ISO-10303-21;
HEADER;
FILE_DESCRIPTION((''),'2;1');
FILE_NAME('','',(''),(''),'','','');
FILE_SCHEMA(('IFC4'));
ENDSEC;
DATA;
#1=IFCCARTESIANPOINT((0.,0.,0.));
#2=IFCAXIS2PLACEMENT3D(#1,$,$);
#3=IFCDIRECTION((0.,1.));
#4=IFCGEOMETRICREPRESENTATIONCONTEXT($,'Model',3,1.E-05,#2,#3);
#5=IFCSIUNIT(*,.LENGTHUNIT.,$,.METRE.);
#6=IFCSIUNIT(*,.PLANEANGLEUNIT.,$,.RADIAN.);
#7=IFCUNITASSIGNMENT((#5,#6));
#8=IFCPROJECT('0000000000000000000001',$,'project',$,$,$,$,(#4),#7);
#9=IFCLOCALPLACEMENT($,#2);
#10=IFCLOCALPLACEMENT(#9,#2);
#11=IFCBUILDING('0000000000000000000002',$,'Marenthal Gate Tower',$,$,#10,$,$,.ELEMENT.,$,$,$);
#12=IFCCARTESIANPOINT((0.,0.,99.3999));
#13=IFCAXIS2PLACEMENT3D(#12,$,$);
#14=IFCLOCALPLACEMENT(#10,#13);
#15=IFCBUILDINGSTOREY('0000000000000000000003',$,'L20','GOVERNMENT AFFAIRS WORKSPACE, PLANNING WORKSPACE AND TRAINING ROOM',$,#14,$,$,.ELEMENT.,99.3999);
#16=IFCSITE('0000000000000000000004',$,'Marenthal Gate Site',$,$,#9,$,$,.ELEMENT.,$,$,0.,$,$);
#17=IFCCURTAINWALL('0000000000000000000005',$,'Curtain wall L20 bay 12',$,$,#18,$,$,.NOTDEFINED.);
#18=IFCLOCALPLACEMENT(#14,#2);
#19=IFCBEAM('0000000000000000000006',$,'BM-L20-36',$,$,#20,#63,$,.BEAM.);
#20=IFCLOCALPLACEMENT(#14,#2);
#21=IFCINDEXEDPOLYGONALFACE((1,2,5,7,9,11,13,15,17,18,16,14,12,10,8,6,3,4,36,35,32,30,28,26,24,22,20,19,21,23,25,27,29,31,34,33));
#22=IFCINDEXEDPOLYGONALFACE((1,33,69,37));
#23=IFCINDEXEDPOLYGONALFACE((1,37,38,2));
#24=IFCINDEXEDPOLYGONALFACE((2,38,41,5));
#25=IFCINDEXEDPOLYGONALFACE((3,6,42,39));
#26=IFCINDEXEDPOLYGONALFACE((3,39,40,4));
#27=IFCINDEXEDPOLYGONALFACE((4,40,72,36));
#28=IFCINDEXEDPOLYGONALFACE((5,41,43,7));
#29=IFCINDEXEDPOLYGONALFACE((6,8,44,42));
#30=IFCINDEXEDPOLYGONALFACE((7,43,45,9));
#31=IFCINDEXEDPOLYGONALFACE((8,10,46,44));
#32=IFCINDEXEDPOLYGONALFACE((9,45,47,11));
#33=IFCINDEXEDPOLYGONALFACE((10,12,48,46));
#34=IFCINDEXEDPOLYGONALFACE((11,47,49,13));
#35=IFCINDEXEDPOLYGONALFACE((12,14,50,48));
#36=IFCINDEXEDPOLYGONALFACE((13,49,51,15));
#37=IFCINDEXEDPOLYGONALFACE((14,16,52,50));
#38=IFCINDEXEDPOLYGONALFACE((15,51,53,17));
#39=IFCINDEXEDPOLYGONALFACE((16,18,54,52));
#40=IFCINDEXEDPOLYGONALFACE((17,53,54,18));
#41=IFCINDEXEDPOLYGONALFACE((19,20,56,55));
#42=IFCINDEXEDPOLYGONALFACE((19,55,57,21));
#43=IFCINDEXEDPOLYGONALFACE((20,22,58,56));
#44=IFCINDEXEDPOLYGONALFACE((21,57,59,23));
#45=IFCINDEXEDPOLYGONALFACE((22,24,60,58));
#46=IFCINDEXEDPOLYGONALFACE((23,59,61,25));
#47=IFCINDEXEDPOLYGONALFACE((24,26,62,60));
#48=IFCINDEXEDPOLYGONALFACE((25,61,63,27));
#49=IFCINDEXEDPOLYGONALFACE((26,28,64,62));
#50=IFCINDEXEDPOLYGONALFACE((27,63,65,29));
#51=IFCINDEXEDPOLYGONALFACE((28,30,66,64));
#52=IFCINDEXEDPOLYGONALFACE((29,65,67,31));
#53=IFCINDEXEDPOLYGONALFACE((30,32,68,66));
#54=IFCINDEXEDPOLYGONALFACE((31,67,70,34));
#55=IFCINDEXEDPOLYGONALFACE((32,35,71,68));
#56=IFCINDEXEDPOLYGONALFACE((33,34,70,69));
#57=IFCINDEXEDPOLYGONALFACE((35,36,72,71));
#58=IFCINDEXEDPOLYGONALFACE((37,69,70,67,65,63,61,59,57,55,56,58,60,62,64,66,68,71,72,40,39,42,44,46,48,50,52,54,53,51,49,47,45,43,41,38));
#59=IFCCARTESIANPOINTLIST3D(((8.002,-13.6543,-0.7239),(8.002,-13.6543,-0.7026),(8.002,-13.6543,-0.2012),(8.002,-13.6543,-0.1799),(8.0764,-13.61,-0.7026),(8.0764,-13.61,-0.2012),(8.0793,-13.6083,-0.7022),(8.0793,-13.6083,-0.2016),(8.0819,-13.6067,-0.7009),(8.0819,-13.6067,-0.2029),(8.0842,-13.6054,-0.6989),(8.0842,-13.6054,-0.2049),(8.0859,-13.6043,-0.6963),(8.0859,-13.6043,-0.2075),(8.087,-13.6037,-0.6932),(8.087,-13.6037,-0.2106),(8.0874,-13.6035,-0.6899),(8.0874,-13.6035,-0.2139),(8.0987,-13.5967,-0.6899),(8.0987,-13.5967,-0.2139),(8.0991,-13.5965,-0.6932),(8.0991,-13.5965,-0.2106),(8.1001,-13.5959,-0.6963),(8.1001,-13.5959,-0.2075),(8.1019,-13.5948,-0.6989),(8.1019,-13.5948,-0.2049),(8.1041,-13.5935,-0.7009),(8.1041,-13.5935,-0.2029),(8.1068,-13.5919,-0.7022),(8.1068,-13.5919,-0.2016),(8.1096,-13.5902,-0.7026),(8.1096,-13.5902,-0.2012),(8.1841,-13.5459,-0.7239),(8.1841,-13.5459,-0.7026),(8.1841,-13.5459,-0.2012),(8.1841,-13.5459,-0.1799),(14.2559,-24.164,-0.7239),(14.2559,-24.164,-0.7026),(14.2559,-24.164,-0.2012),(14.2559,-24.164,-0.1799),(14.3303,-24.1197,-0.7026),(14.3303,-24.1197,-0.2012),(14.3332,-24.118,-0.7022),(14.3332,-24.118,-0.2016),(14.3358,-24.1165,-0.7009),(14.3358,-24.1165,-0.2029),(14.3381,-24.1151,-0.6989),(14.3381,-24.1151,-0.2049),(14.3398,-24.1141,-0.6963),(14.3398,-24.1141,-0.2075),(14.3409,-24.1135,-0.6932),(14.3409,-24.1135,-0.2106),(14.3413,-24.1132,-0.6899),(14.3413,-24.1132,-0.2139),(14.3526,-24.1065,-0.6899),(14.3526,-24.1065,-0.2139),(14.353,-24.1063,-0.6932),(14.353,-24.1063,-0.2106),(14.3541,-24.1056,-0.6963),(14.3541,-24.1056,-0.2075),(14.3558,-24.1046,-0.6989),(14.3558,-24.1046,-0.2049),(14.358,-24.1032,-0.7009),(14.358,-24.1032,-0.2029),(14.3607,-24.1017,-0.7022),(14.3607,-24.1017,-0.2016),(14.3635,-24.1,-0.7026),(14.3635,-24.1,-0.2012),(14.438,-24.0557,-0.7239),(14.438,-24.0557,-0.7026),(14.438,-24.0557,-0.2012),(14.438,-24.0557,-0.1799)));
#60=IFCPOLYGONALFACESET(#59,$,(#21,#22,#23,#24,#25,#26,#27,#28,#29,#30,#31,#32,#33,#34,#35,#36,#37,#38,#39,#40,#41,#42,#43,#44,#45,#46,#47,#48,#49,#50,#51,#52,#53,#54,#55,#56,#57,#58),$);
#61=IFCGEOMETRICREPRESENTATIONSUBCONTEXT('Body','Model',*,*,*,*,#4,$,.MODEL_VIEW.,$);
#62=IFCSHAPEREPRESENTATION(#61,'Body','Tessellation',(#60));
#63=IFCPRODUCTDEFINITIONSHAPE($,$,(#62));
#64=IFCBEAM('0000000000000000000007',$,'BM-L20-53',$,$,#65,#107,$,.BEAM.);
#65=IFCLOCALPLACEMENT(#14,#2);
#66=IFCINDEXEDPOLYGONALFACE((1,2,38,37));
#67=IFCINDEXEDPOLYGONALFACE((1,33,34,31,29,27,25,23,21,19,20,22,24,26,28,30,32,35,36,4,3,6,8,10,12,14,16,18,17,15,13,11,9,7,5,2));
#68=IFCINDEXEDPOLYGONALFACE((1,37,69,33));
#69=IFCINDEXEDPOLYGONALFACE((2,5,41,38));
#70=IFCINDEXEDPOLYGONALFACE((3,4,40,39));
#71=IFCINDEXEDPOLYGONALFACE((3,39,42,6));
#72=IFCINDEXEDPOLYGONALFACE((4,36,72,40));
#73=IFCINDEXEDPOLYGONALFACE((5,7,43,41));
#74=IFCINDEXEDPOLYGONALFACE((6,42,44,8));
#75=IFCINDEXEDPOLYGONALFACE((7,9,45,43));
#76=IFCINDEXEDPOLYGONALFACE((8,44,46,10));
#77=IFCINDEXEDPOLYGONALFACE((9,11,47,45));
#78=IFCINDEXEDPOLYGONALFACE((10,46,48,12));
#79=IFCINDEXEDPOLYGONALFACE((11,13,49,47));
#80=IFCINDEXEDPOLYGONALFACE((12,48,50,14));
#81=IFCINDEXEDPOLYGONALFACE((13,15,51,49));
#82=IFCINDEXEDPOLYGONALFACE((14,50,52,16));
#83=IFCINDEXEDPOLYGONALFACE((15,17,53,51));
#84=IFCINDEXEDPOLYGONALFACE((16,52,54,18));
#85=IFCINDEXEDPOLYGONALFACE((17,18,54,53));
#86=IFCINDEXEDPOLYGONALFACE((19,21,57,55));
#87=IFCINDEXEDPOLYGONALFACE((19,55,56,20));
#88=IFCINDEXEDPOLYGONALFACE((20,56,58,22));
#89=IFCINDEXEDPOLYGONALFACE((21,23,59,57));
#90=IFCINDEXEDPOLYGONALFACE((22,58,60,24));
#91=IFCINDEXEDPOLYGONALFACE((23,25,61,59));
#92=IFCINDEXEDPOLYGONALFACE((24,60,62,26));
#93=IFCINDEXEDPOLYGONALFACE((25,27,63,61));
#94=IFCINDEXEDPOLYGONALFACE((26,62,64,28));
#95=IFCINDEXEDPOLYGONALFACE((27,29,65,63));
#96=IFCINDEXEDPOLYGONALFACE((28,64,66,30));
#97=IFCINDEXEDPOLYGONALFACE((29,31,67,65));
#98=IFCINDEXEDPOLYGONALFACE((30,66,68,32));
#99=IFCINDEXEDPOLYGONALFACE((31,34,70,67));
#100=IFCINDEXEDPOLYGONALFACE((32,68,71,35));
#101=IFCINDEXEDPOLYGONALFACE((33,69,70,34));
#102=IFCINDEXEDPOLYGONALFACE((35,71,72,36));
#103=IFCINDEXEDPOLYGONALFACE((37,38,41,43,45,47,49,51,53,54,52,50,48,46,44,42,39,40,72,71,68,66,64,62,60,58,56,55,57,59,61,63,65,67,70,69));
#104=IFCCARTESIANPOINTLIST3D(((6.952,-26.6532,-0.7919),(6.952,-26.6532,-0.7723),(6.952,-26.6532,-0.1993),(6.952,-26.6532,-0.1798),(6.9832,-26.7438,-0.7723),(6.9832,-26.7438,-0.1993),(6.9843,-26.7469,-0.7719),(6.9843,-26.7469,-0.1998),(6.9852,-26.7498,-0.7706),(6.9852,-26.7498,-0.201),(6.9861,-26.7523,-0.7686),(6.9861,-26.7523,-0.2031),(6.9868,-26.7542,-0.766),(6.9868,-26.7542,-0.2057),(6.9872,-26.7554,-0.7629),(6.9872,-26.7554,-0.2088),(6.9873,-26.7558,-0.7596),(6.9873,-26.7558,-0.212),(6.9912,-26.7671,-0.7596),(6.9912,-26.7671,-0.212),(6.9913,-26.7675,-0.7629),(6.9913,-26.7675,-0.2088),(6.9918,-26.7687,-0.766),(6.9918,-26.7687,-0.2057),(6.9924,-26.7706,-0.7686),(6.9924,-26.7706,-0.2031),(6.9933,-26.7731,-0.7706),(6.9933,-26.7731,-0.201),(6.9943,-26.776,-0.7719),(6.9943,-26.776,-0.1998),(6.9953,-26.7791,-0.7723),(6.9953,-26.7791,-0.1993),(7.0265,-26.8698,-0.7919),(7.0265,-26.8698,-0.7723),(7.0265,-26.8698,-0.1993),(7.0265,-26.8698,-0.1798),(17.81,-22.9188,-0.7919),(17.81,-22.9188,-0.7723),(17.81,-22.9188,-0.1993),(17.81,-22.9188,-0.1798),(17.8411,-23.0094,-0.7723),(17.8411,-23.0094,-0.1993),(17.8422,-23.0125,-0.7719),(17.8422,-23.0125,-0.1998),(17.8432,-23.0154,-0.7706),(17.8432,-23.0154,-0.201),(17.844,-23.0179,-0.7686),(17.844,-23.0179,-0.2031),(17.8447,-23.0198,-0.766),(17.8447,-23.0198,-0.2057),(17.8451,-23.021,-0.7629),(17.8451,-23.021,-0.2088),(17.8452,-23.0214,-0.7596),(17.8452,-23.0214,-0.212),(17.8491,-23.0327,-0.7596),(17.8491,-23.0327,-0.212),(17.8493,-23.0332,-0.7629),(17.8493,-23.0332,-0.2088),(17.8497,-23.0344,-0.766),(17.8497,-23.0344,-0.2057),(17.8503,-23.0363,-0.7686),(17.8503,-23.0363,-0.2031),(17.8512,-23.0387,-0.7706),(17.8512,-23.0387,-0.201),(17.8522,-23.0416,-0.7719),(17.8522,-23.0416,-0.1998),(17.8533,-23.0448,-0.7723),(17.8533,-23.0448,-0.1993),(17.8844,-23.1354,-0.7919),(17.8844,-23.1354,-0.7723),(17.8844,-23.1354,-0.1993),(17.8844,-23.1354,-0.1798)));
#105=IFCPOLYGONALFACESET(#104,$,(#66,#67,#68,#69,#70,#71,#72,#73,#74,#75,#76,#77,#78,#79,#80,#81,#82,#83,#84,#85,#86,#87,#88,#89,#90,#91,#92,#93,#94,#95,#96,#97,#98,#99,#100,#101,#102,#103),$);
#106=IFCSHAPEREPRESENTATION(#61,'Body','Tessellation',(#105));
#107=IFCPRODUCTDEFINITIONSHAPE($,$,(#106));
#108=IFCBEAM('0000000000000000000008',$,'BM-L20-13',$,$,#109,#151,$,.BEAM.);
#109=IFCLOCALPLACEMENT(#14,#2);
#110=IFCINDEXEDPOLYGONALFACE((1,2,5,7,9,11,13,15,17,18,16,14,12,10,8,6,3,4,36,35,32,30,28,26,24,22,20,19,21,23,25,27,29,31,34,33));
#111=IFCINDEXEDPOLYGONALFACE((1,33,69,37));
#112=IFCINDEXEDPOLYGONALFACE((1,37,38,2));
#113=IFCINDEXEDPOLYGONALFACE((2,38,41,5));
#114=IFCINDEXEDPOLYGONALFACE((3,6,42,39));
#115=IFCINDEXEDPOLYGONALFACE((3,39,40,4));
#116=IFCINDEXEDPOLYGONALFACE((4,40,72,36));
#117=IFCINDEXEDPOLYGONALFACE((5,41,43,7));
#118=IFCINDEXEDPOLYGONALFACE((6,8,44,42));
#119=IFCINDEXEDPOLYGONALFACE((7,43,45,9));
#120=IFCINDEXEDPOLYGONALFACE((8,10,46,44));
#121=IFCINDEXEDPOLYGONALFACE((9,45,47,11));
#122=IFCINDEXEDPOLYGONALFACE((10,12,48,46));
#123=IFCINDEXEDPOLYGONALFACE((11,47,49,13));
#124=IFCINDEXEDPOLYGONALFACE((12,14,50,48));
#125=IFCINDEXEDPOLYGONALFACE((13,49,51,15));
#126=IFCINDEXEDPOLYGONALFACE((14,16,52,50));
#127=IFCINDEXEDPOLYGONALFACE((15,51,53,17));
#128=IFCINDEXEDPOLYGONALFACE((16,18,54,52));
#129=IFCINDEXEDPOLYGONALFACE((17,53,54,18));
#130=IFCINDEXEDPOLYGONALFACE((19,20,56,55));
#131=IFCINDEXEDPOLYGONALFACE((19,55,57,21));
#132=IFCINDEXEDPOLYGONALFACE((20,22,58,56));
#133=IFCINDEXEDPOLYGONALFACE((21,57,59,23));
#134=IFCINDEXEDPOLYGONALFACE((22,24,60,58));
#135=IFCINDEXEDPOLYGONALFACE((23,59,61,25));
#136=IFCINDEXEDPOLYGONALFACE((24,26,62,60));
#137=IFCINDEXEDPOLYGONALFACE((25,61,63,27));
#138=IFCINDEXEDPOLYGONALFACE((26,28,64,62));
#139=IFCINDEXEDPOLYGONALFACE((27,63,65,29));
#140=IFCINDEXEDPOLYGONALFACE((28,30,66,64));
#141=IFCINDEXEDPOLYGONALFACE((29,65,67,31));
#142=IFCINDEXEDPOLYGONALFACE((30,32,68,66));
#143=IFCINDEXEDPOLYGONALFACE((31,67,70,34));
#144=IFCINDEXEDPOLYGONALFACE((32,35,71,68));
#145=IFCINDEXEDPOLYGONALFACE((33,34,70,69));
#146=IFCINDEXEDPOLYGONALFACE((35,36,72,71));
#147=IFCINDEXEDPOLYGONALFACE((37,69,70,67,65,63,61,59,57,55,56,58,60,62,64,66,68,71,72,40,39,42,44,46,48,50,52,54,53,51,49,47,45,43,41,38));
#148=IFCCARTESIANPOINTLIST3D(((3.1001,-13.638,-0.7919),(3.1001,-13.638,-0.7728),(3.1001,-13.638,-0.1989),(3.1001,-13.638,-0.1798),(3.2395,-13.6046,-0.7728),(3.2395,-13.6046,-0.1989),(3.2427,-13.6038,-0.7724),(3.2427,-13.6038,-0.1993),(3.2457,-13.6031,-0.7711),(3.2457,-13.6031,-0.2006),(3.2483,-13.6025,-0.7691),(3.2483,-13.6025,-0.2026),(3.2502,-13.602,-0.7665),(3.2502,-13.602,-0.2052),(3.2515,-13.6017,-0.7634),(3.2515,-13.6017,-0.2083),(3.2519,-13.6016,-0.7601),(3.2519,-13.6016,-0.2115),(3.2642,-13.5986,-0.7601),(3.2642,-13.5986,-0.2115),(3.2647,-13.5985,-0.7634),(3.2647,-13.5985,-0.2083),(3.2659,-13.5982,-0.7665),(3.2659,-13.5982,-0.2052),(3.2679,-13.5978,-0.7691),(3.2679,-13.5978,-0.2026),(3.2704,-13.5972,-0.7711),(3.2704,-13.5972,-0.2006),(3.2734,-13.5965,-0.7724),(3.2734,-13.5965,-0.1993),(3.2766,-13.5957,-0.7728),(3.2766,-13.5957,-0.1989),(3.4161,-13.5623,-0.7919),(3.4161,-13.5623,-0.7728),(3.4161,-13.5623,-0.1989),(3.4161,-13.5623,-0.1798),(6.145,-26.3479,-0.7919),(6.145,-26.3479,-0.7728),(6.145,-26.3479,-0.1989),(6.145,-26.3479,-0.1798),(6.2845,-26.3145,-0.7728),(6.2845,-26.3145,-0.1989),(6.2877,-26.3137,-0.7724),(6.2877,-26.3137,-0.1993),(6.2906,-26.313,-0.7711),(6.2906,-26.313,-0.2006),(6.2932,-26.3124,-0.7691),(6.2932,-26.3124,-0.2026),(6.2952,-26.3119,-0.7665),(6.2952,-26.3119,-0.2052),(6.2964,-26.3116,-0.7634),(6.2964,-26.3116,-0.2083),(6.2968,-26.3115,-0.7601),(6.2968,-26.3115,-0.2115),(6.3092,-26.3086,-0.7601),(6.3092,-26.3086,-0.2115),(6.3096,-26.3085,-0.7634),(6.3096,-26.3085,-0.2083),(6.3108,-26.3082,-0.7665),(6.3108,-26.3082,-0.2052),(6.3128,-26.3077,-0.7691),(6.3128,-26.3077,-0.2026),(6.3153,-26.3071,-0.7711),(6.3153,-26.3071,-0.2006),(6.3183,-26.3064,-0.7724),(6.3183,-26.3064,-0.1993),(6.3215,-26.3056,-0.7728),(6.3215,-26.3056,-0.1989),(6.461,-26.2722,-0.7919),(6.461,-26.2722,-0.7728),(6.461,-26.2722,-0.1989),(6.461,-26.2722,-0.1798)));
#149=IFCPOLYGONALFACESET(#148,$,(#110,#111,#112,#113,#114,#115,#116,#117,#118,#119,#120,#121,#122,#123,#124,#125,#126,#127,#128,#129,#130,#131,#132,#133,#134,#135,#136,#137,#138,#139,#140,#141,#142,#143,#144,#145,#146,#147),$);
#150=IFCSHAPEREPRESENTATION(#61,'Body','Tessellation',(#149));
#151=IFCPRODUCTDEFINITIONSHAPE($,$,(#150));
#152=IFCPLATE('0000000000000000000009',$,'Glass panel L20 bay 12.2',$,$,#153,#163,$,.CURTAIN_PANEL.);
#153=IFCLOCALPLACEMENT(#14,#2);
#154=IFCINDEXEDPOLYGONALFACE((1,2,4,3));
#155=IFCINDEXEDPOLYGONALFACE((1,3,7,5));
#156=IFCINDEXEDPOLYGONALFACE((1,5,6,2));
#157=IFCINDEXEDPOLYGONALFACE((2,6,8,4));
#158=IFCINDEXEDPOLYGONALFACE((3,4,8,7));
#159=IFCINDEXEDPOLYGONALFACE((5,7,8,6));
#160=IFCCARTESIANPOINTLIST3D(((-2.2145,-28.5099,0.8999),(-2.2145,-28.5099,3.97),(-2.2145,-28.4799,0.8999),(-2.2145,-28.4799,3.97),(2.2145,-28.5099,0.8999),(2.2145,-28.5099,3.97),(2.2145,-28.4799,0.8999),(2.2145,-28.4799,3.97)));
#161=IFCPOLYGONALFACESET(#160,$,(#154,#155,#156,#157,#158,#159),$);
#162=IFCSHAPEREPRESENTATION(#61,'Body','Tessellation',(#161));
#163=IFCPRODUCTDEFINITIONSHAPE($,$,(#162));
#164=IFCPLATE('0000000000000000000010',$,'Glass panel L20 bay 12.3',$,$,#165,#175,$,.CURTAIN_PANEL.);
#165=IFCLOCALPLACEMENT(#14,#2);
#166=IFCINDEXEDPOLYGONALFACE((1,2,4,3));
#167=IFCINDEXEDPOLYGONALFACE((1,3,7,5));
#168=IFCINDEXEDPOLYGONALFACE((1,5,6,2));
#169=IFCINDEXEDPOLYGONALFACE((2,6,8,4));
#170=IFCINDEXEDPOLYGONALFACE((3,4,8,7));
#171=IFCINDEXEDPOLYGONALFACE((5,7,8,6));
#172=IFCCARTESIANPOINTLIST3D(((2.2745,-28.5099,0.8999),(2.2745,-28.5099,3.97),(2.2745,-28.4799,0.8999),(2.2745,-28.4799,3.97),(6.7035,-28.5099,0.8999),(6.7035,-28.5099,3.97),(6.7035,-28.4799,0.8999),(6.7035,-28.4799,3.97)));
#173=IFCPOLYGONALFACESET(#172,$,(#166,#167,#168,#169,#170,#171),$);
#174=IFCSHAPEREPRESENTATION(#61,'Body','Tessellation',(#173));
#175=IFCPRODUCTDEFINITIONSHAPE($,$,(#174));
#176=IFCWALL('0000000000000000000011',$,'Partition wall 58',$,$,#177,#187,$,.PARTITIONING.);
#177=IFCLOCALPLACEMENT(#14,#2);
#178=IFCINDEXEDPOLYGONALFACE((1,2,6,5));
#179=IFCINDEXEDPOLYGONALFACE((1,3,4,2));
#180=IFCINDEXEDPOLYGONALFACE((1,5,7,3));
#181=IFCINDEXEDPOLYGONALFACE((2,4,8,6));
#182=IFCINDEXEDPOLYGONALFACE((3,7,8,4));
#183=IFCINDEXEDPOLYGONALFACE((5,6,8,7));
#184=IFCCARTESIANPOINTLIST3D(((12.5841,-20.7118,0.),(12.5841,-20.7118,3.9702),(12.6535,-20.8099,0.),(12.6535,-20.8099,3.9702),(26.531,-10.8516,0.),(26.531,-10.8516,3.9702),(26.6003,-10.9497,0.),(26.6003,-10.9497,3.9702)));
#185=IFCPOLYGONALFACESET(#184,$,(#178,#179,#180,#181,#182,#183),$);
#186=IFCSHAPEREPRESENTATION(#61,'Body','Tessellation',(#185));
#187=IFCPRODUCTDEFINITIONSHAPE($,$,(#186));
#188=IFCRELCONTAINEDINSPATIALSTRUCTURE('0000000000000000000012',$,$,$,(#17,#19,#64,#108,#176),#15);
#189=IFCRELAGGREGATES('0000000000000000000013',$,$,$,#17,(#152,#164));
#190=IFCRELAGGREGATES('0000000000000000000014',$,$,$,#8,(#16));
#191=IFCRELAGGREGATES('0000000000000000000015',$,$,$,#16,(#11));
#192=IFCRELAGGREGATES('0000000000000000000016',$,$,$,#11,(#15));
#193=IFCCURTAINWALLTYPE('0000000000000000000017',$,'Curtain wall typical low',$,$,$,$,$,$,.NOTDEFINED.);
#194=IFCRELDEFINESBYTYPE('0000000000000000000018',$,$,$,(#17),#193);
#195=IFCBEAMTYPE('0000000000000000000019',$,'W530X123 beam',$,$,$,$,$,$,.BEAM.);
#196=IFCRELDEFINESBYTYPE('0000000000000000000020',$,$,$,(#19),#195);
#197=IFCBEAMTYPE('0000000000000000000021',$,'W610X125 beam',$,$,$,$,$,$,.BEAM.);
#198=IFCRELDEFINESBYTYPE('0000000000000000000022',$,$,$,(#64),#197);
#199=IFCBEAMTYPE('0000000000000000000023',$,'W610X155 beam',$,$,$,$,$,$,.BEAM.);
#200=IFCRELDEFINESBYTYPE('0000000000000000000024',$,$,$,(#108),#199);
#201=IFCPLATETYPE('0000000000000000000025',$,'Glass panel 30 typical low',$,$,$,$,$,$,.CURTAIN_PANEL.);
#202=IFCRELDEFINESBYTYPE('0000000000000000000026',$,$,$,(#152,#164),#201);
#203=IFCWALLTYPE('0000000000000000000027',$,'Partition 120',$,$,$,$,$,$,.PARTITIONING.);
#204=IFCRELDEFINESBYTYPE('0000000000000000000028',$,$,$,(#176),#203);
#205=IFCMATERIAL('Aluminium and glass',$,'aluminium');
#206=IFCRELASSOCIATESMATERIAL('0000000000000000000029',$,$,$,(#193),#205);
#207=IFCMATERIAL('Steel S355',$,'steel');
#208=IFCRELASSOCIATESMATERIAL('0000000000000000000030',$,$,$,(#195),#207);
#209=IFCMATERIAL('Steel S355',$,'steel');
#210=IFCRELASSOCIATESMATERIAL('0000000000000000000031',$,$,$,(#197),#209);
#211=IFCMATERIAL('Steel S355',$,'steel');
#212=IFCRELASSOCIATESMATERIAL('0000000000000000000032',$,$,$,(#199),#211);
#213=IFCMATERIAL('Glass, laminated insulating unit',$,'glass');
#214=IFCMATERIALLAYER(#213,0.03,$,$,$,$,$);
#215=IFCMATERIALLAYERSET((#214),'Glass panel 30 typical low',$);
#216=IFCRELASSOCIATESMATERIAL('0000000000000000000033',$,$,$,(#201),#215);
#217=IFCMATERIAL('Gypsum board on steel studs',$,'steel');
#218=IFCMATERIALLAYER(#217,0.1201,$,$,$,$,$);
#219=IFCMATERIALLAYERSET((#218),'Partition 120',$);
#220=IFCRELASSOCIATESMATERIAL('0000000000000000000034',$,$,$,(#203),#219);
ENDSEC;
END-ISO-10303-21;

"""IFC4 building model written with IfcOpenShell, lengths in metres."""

from ifc_helpers import new_model, si_unit, direction, frame, frame_2d, origin, origin_2d, place, context, subcontext, project, spatial, rectangle, i_section, extrude, material, layer, layer_set, material_profile, profile_set, type_object, element, aggregate, save


model = new_model("IFC4")

# Units and contexts
model_context = context("Model", 3, precision=1e-05, world=origin(), true_north=direction((0.0, 1.0)))
body_context = subcontext(model_context, "Body", "Model", "MODEL_VIEW")
ifc_project = project(units=[si_unit("LENGTHUNIT", "METRE"), si_unit("PLANEANGLEUNIT", "RADIAN")], contexts=[model_context])

# Site, building, storey
site_placement = place(None, origin())
site = spatial("IfcSite", under=ifc_project, at=site_placement, Name="Marenthal Gate Site", CompositionType="ELEMENT", RefElevation=0.0)
building_placement = place(site_placement, origin())
building = spatial("IfcBuilding", under=site, at=building_placement, Name="Marenthal Gate Tower", CompositionType="ELEMENT")
storey_placement = place(building_placement, frame((0.0, 0.0, 99.3999)))
storey = spatial("IfcBuildingStorey", under=building, at=storey_placement, Name="L20", Description="GOVERNMENT AFFAIRS WORKSPACE, PLANNING WORKSPACE AND TRAINING ROOM", CompositionType="ELEMENT", Elevation=99.3999)

# Curtain wall
ifc_material_1 = material(Name="Aluminium and glass", Category="aluminium")
curtain_wall_type = type_object("IfcCurtainWallType", Name="Curtain wall typical low", PredefinedType="NOTDEFINED", material=ifc_material_1)
curtain_wall_placement = place(storey_placement, origin())
curtain_wall = element("IfcCurtainWall", 1, at=curtain_wall_placement, inside=storey, type_object=curtain_wall_type, Name="Curtain wall L20 bay 12", PredefinedType="NOTDEFINED")

# Beams
ifc_material_2 = material(Name="Steel S355", Category="steel")
ifc_material_profile_1 = material_profile(ifc_material_2, i_section(OverallWidth=0.2119, OverallDepth=0.5439, WebThickness=0.0132, FlangeThickness=0.0212, FilletRadius=0.0127, at=origin_2d()), Name="W530X123")
ifc_profile_set_1 = profile_set([ifc_material_profile_1], Name="Steel S355")
beam_type_1 = type_object("IfcBeamType", Name="W530X123 beam", PredefinedType="BEAM", material=ifc_profile_set_1)
beam_1_placement = place(storey_placement, frame((14.3469, -24.1099, -0.4519), z_axis=(-0.511369, 0.859361, 0.0), x_axis=(-0.859361, -0.511369, 0.0)))
element("IfcBeam", 2, at=beam_1_placement, inside=storey, type_object=beam_type_1, Name="BM-L20-36", PredefinedType="BEAM", context=body_context, shape_type="SweptSolid", body=[
    extrude(i_section(OverallWidth=0.2119, OverallDepth=0.5439, WebThickness=0.0132, FlangeThickness=0.0212, FilletRadius=0.0127, at=origin_2d()), origin(), (0.0, 0.0, 1.0), 12.2297),
])
ifc_material_3 = material(Name="Steel S355", Category="steel")
ifc_material_profile_2 = material_profile(ifc_material_3, i_section(OverallWidth=0.229, OverallDepth=0.6121, WebThickness=0.012, FlangeThickness=0.0195, FilletRadius=0.0127, at=origin_2d()), Name="W610X125")
ifc_profile_set_2 = profile_set([ifc_material_profile_2], Name="Steel S355")
beam_type_2 = type_object("IfcBeamType", Name="W610X125 beam", PredefinedType="BEAM", material=ifc_profile_set_2)
beam_2_placement = place(storey_placement, frame((6.9893, -26.7615, -0.4858), z_axis=(0.945634, 0.325233, 0.0), x_axis=(-0.325233, 0.945634, 0.0)))
element("IfcBeam", 3, at=beam_2_placement, inside=storey, type_object=beam_type_2, Name="BM-L20-53", PredefinedType="BEAM", context=body_context, shape_type="SweptSolid", body=[
    extrude(i_section(OverallWidth=0.229, OverallDepth=0.6121, WebThickness=0.012, FlangeThickness=0.0195, FilletRadius=0.0127, at=origin_2d()), origin(), (0.0, 0.0, 1.0), 11.4822),
])
ifc_material_4 = material(Name="Steel S355", Category="steel")
ifc_material_profile_3 = material_profile(ifc_material_4, i_section(OverallWidth=0.325, OverallDepth=0.6121, WebThickness=0.0127, FlangeThickness=0.019, FilletRadius=0.0127, at=origin_2d()), Name="W610X155")
ifc_profile_set_3 = profile_set([ifc_material_profile_3], Name="Steel S355")
beam_type_3 = type_object("IfcBeamType", Name="W610X155 beam", PredefinedType="BEAM", material=ifc_profile_set_3)
beam_3_placement = place(storey_placement, frame((6.303, -26.3101, -0.4858), z_axis=(-0.232977, 0.972482, 0.0), x_axis=(-0.972482, -0.232977, 0.0)))
element("IfcBeam", 4, at=beam_3_placement, inside=storey, type_object=beam_type_3, Name="BM-L20-13", PredefinedType="BEAM", context=body_context, shape_type="SweptSolid", body=[
    extrude(i_section(OverallWidth=0.325, OverallDepth=0.6121, WebThickness=0.0127, FlangeThickness=0.019, FilletRadius=0.0127, at=origin_2d()), origin(), (0.0, 0.0, 1.0), 13.0696),
])

# Plates
ifc_material_5 = material(Name="Glass, laminated insulating unit", Category="glass")
ifc_layer_1 = layer(ifc_material_5, 0.03)
ifc_layer_set_1 = layer_set([ifc_layer_1], Name="Glass panel 30 typical low")
plate_type = type_object("IfcPlateType", Name="Glass panel 30 typical low", PredefinedType="CURTAIN_PANEL", material=ifc_layer_set_1)
plate_1_placement = place(storey_placement, frame((0.0, -28.4949, 0.8999), z_axis=(0.0, 0.0, 1.0), x_axis=(1.0, 0.0, 0.0)))
plate_1 = element("IfcPlate", 5, at=plate_1_placement, type_object=plate_type, Name="Glass panel L20 bay 12.2", PredefinedType="CURTAIN_PANEL", context=body_context, shape_type="SweptSolid", body=[
    extrude(rectangle(XDim=4.429, YDim=0.03, at=origin_2d()), origin(), (0.0, 0.0, 1.0), 3.0701),
])
plate_2_placement = place(storey_placement, frame((4.489, -28.4949, 0.8999), z_axis=(0.0, 0.0, 1.0), x_axis=(1.0, 0.0, 0.0)))
plate_2 = element("IfcPlate", 6, at=plate_2_placement, type_object=plate_type, Name="Glass panel L20 bay 12.3", PredefinedType="CURTAIN_PANEL", context=body_context, shape_type="SweptSolid", body=[
    extrude(rectangle(XDim=4.429, YDim=0.03, at=origin_2d()), origin(), (0.0, 0.0, 1.0), 3.0701),
])
aggregate(curtain_wall, [plate_1, plate_2])

# Wall
ifc_material_6 = material(Name="Gypsum board on steel studs", Category="steel")
ifc_layer_2 = layer(ifc_material_6, 0.1201)
ifc_layer_set_2 = layer_set([ifc_layer_2], Name="Partition 120")
wall_type_1 = type_object("IfcWallType", Name="Partition 120", PredefinedType="PARTITIONING", material=ifc_layer_set_2)
wall_1_placement = place(storey_placement, frame((12.6189, -20.7607, 0.0), z_axis=(0.0, 0.0, 1.0), x_axis=(0.816545, 0.577282, 0.0)))
element("IfcWall", 7, at=wall_1_placement, inside=storey, type_object=wall_type_1, Name="Partition wall 58", PredefinedType="PARTITIONING", context=body_context, shape_type="SweptSolid", body=[
    extrude(rectangle(XDim=17.0803, YDim=0.1201, at=frame_2d((8.54, 0.0))), origin(), (0.0, 0.0, 1.0), 3.9702),
])

save(model, "model.ifc")
